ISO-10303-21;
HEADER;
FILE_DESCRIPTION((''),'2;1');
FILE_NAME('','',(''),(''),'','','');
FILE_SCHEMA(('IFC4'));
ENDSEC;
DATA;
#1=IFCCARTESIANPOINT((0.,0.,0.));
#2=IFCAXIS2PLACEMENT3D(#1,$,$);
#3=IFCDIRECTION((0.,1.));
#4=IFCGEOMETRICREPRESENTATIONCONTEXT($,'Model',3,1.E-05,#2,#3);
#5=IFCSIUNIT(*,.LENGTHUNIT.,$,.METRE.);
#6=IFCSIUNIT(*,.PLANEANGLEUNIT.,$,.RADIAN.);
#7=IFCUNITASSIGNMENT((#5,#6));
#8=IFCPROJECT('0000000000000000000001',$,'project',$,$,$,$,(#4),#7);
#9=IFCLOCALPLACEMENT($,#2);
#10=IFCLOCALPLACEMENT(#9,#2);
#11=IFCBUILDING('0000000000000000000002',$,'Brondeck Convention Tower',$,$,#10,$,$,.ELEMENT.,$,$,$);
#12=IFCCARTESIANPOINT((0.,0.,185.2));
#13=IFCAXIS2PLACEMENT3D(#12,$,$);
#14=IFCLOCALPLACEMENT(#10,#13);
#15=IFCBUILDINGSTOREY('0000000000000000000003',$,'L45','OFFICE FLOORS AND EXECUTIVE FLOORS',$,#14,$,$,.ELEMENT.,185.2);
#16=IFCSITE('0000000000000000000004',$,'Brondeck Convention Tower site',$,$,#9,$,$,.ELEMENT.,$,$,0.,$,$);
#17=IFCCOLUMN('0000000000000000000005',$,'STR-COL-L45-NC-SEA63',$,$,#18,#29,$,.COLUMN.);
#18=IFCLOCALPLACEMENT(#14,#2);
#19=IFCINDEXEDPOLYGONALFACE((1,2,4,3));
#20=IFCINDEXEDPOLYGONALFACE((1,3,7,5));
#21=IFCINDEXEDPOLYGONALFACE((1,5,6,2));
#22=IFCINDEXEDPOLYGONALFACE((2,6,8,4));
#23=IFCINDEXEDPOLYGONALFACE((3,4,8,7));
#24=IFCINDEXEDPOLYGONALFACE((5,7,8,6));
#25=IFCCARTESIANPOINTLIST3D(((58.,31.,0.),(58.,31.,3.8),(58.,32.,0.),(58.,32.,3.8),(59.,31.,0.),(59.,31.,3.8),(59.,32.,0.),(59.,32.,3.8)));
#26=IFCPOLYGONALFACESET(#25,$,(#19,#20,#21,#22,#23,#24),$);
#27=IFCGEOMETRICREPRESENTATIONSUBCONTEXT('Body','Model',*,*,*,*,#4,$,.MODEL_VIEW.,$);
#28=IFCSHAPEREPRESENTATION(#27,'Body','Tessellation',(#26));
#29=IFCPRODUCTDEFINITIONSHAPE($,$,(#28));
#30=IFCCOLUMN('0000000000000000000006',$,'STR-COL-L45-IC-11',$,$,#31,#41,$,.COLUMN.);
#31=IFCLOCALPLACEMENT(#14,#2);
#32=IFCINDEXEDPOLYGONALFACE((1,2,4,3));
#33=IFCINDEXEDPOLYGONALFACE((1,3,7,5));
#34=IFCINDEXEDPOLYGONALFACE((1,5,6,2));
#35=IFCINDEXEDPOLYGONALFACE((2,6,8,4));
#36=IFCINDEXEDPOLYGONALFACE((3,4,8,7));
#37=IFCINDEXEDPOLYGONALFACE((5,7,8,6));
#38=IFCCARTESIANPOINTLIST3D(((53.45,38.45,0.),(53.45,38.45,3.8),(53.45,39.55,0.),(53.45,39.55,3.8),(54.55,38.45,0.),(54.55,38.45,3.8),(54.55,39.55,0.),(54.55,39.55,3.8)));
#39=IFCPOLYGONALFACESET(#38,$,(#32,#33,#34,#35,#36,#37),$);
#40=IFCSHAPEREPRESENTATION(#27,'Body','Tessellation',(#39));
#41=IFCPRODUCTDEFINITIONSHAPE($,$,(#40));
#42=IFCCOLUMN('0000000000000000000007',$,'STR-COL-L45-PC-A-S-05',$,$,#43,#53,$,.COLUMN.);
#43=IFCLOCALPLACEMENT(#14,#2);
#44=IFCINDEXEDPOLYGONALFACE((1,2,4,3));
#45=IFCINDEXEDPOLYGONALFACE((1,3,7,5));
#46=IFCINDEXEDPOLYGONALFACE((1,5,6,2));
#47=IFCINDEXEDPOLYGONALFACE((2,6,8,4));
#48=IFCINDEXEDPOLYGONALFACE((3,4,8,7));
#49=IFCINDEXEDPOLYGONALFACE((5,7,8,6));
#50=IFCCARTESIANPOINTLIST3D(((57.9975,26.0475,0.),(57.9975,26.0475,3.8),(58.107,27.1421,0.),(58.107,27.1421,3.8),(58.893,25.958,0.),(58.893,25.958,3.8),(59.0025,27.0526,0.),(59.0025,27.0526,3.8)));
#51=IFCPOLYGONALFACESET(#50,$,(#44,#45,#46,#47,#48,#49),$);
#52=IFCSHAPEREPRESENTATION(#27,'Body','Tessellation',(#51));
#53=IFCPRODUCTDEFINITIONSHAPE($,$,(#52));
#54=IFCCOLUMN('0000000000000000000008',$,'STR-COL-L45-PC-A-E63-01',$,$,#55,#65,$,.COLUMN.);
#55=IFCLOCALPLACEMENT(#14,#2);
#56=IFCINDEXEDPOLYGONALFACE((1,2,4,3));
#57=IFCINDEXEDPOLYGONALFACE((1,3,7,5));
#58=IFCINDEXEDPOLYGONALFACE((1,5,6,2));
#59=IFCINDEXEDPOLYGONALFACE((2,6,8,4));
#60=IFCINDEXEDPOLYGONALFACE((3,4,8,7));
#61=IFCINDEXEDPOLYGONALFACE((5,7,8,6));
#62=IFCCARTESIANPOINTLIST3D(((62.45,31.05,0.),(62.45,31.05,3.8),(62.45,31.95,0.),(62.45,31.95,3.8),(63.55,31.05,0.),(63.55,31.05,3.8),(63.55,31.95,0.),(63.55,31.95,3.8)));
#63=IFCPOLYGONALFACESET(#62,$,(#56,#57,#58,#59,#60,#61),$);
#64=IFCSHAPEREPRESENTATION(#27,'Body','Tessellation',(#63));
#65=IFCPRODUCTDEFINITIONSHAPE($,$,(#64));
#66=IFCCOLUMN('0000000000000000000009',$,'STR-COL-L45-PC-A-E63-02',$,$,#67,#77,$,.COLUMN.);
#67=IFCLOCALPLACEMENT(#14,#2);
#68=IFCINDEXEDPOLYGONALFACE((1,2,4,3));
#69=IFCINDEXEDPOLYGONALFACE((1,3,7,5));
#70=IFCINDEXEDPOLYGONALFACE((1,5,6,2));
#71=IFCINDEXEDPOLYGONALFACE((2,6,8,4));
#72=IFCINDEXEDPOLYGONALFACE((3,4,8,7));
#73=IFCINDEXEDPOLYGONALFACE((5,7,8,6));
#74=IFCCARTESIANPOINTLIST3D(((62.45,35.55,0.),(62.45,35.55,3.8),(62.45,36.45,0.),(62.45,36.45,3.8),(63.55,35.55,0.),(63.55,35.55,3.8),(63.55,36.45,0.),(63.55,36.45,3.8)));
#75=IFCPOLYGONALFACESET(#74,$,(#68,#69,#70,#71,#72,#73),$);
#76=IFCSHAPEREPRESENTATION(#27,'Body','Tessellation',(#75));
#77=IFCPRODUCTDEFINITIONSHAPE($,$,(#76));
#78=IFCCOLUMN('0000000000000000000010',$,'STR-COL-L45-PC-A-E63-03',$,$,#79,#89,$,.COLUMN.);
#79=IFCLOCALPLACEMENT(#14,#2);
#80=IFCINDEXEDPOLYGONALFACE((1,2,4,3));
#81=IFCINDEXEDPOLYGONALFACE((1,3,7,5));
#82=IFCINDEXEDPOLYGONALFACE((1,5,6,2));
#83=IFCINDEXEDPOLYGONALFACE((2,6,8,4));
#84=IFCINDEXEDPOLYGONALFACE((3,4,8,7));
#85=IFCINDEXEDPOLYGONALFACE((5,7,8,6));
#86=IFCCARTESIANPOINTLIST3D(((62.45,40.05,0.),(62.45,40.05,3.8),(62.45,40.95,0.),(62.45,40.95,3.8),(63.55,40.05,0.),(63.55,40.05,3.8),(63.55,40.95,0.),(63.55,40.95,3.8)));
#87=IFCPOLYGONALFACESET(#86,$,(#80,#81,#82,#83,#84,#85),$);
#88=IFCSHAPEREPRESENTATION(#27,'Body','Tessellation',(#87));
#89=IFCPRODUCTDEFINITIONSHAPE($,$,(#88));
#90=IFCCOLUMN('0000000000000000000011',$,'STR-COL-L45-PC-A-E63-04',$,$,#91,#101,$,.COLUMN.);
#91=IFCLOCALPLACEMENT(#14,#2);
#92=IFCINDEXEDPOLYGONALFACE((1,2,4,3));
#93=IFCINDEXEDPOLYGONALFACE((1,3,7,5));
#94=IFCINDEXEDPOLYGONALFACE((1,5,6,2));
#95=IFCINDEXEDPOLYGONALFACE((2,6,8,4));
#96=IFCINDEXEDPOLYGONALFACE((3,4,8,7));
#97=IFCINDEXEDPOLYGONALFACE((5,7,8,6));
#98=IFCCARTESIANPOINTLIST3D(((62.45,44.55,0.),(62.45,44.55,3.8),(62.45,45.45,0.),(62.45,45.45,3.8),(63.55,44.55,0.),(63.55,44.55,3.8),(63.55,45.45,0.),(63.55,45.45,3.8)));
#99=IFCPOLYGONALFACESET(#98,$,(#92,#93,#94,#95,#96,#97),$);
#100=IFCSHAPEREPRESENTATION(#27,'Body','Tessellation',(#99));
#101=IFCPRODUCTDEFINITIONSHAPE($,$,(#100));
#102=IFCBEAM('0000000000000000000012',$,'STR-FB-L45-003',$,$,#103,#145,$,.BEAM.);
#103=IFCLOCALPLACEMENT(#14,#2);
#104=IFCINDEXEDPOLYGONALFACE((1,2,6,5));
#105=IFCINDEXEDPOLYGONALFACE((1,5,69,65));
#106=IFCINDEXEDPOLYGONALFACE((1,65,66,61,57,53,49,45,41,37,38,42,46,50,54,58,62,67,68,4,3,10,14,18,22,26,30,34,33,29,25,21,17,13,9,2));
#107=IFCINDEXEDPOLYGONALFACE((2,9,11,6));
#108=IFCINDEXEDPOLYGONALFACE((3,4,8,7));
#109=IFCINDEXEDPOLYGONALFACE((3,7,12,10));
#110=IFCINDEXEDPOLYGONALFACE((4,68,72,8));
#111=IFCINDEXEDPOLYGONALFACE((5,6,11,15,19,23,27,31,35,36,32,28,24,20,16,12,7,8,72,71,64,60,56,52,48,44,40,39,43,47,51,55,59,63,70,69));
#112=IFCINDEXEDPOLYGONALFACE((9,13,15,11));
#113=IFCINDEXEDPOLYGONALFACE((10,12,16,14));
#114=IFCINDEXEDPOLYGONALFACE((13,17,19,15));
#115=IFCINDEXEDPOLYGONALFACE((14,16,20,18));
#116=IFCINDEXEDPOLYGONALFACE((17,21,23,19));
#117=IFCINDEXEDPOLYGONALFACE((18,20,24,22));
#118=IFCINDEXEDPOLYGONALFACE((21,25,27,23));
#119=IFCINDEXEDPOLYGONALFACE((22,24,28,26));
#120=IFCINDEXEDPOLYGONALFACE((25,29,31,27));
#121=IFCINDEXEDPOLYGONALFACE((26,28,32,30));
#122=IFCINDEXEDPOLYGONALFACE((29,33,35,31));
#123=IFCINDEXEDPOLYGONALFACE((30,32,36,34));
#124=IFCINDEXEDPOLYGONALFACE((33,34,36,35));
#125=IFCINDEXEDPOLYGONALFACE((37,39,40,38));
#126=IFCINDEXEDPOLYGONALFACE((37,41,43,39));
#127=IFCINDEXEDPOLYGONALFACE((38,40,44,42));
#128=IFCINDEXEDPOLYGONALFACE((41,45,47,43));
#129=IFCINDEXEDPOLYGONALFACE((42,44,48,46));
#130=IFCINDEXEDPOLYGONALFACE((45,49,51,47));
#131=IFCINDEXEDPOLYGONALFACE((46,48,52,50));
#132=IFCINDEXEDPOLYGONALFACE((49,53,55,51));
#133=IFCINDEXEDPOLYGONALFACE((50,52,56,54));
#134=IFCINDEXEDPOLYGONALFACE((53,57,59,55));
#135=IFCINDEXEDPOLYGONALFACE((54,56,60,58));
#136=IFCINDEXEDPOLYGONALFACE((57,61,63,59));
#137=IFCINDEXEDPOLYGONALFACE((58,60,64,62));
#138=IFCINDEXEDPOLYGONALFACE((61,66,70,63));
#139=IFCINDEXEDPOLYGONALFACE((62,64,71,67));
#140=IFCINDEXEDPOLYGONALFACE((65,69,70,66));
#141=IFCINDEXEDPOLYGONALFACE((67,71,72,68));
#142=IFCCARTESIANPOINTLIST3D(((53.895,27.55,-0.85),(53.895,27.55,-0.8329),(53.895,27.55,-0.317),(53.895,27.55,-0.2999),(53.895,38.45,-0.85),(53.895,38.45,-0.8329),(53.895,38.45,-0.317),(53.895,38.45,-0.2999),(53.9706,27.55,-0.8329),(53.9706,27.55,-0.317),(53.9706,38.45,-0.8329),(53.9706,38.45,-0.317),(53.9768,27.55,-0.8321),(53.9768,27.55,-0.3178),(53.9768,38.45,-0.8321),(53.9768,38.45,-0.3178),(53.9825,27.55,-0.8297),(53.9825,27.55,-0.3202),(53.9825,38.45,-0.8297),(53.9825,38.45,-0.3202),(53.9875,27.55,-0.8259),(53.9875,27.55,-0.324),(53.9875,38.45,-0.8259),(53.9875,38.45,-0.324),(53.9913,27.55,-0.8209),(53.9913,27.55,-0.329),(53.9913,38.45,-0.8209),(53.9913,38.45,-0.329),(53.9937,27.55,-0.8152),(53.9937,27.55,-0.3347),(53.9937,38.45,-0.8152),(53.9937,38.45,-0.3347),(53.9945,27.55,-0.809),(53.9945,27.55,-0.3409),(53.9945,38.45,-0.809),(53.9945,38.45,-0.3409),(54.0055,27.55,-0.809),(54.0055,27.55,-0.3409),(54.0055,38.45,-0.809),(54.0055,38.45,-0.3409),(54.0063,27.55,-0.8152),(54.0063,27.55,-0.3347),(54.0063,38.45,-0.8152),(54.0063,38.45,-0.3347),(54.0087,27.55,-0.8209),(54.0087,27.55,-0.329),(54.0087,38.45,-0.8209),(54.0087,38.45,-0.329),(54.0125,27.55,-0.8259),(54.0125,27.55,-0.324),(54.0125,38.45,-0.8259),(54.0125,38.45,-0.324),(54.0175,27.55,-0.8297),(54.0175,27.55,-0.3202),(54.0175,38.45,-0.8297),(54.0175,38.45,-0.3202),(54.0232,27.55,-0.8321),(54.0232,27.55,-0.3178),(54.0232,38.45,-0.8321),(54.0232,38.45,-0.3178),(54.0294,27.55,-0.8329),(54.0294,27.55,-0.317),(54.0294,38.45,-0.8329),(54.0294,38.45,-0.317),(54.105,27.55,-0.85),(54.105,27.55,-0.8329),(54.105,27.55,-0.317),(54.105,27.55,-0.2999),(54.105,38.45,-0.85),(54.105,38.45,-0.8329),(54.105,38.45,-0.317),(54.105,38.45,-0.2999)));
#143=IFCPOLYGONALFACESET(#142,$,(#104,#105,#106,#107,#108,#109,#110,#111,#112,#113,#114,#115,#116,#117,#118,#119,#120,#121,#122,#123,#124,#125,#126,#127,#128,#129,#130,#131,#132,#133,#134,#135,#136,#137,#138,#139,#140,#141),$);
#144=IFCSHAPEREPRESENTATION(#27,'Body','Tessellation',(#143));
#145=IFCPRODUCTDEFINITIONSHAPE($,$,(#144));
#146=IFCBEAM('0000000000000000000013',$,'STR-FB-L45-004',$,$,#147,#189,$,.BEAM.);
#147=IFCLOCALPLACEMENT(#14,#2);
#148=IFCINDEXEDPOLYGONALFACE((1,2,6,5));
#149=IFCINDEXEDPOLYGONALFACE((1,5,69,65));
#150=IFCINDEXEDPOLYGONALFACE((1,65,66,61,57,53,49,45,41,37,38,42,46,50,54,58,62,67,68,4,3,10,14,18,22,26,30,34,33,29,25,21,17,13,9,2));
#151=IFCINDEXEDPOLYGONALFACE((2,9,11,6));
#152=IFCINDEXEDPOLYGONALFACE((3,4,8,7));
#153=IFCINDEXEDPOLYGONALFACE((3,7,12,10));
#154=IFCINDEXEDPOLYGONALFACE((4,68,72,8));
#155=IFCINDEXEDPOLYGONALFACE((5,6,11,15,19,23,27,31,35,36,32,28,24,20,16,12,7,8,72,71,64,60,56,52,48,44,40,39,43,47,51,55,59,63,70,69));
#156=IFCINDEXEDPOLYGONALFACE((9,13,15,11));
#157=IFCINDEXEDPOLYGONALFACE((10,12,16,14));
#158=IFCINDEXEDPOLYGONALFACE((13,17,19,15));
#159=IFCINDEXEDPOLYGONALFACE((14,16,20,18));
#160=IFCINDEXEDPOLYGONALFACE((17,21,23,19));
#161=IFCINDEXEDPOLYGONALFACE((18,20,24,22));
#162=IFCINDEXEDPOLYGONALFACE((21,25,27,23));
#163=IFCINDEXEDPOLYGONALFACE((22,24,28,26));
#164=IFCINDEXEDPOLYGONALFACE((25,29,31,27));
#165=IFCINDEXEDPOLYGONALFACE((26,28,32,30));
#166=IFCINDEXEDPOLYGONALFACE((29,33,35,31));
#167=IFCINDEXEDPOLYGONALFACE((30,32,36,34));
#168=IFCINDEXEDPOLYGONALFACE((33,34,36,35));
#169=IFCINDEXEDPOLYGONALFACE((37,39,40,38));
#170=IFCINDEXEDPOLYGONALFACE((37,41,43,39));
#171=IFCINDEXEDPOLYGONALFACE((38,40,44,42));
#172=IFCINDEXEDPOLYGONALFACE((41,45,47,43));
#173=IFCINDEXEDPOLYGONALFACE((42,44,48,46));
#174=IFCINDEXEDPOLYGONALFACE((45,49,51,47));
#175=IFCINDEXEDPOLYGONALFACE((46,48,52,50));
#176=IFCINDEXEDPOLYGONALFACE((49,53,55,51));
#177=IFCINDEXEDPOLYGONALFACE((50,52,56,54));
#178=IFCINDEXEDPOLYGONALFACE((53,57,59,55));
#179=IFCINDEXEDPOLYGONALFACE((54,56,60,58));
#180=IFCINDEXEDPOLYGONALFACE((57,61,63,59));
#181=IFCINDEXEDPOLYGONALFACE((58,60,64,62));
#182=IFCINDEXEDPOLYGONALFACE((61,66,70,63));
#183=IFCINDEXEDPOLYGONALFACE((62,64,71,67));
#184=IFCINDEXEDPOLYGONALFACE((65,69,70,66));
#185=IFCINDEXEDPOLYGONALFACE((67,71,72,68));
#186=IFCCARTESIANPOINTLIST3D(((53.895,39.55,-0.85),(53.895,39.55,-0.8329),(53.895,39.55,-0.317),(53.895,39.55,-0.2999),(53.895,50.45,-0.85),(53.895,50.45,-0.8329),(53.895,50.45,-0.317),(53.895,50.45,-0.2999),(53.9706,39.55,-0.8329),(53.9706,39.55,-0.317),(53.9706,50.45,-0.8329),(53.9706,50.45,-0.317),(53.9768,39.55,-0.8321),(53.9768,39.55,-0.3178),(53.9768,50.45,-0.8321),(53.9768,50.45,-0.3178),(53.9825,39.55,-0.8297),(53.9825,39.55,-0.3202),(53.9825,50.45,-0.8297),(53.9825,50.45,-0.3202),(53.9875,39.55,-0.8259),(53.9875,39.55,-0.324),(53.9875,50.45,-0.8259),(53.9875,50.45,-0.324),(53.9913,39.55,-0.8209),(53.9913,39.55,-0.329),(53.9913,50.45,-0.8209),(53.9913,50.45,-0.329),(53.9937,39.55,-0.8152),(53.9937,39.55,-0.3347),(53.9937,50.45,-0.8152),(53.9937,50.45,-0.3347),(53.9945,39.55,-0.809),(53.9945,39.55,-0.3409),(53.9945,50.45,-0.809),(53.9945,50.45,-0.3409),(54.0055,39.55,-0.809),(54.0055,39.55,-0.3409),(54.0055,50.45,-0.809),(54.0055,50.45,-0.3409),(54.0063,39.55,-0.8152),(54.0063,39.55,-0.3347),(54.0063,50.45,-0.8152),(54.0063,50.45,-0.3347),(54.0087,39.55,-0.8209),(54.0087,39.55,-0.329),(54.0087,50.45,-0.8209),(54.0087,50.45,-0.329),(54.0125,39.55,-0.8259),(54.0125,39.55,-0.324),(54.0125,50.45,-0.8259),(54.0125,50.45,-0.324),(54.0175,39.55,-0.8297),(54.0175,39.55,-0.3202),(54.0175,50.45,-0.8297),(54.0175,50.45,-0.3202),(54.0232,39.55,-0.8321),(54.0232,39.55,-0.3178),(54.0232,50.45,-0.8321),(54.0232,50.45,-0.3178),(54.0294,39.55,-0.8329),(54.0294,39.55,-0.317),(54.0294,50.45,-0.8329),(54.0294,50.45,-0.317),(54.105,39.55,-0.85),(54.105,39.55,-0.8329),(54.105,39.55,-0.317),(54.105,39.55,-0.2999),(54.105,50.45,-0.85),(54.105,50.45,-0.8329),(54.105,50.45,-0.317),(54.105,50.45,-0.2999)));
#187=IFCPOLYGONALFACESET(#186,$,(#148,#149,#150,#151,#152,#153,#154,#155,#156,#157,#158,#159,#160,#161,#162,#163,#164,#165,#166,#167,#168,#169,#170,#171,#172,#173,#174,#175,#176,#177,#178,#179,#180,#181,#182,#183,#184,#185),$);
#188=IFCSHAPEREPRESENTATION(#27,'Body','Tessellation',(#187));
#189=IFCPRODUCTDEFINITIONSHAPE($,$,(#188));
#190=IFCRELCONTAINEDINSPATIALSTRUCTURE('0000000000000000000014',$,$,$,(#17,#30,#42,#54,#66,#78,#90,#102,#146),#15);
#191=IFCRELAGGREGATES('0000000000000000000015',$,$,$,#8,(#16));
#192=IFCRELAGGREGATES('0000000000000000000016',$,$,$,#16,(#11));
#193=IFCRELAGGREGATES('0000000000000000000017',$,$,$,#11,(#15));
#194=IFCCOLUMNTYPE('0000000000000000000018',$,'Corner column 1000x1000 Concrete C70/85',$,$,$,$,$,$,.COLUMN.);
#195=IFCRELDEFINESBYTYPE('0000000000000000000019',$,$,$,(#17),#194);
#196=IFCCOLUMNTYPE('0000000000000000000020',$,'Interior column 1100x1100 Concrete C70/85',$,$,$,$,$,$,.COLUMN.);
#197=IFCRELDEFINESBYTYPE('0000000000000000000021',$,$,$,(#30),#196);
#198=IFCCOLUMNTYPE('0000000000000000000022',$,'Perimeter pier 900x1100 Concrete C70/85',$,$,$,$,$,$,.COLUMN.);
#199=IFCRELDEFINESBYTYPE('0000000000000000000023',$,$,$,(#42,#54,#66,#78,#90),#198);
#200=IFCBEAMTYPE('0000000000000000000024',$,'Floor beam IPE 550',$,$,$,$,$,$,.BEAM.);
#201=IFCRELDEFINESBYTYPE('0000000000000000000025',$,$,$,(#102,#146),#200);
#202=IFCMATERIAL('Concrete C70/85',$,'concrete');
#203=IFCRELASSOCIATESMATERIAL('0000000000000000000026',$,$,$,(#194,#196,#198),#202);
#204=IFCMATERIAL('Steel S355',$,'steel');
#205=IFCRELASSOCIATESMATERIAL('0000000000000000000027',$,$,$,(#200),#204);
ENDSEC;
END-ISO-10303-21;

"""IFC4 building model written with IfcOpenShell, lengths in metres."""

from ifc_helpers import new_model, si_unit, direction, frame, origin, origin_2d, place, context, subcontext, project, spatial, rectangle, i_section, extrude, material, material_profile, profile_set, type_object, element, save


model = new_model("IFC4")

# Units and contexts
model_context = context("Model", 3, precision=1e-05, world=origin(), true_north=direction((0.0, 1.0)))
body_context = subcontext(model_context, "Body", "Model", "MODEL_VIEW")
ifc_project = project(units=[si_unit("LENGTHUNIT", "METRE"), si_unit("PLANEANGLEUNIT", "RADIAN")], contexts=[model_context])

# Site, building, storey
site_placement = place(None, origin())
site = spatial("IfcSite", under=ifc_project, at=site_placement, Name="Brondeck Convention Tower site", CompositionType="ELEMENT", RefElevation=0.0)
building_placement = place(site_placement, origin())
building = spatial("IfcBuilding", under=site, at=building_placement, Name="Brondeck Convention Tower", CompositionType="ELEMENT")
storey_placement = place(building_placement, frame((0.0, 0.0, 185.2)))
storey = spatial("IfcBuildingStorey", under=building, at=storey_placement, Name="L45", Description="OFFICE FLOORS AND EXECUTIVE FLOORS", CompositionType="ELEMENT", Elevation=185.2)

# Columns
ifc_material_1 = material(Name="Concrete C70/85", Category="concrete")
ifc_material_profile_1 = material_profile(ifc_material_1, rectangle(XDim=1.0, YDim=1.0, at=origin_2d()), Name="Corner column 1000x1000 Concrete C70/85")
ifc_profile_set_1 = profile_set([ifc_material_profile_1], Name="Concrete C70/85")
column_type_1 = type_object("IfcColumnType", Name="Corner column 1000x1000 Concrete C70/85", PredefinedType="COLUMN", material=ifc_profile_set_1)
column_1_placement = place(storey_placement, frame((58.5, 31.5, 0.0), z_axis=(0.0, 0.0, 1.0), x_axis=(1.0, 0.0, 0.0)))
element("IfcColumn", 1, at=column_1_placement, inside=storey, type_object=column_type_1, Name="STR-COL-L45-NC-SEA63", PredefinedType="COLUMN", context=body_context, shape_type="SweptSolid", body=[
    extrude(rectangle(XDim=1.0, YDim=1.0, at=origin_2d()), origin(), (0.0, 0.0, 1.0), 3.8),
])
ifc_material_profile_2 = material_profile(ifc_material_1, rectangle(XDim=1.1001, YDim=1.1001, at=origin_2d()), Name="Interior column 1100x1100 Concrete C70/85")
ifc_profile_set_2 = profile_set([ifc_material_profile_2], Name="Concrete C70/85")
column_type_2 = type_object("IfcColumnType", Name="Interior column 1100x1100 Concrete C70/85", PredefinedType="COLUMN", material=ifc_profile_set_2)
column_2_placement = place(storey_placement, frame((54.0, 39.0, 0.0), z_axis=(0.0, 0.0, 1.0), x_axis=(1.0, 0.0, 0.0)))
element("IfcColumn", 2, at=column_2_placement, inside=storey, type_object=column_type_2, Name="STR-COL-L45-IC-11", PredefinedType="COLUMN", context=body_context, shape_type="SweptSolid", body=[
    extrude(rectangle(XDim=1.1001, YDim=1.1001, at=origin_2d()), origin(), (0.0, 0.0, 1.0), 3.8),
])
ifc_material_profile_3 = material_profile(ifc_material_1, rectangle(XDim=0.8999, YDim=1.1001, at=origin_2d()), Name="Perimeter pier 900x1100 Concrete C70/85")
ifc_profile_set_3 = profile_set([ifc_material_profile_3], Name="Concrete C70/85")
column_type_3 = type_object("IfcColumnType", Name="Perimeter pier 900x1100 Concrete C70/85", PredefinedType="COLUMN", material=ifc_profile_set_3)
for number, where, z_axis, x_axis, name in (
    (3, (58.5, 26.55, 0.0), (0.0, 0.0, 1.0), (0.995037, -0.099504, 0.0), "STR-COL-L45-PC-A-S-05"),
    (4, (63.0, 31.5, 0.0), (0.0, 0.0, 1.0), (0.0, 1.0, 0.0), "STR-COL-L45-PC-A-E63-01"),
    (5, (63.0, 36.0, 0.0), (0.0, 0.0, 1.0), (0.0, 1.0, 0.0), "STR-COL-L45-PC-A-E63-02"),
    (6, (63.0, 40.5, 0.0), (0.0, 0.0, 1.0), (0.0, 1.0, 0.0), "STR-COL-L45-PC-A-E63-03"),
    (7, (63.0, 45.0, 0.0), (0.0, 0.0, 1.0), (0.0, 1.0, 0.0), "STR-COL-L45-PC-A-E63-04"),
):
    element("IfcColumn", number, at=place(storey_placement, frame(where, z_axis=z_axis, x_axis=x_axis)), inside=storey, type_object=column_type_3, Name=name, PredefinedType="COLUMN", context=body_context, shape_type="SweptSolid", body=[
        extrude(rectangle(XDim=0.8999, YDim=1.1001, at=origin_2d()), origin(), (0.0, 0.0, 1.0), 3.8),
    ])

# Beams
ifc_material_2 = material(Name="Steel S355", Category="steel")
ifc_material_profile_4 = material_profile(ifc_material_2, i_section(OverallWidth=0.21, OverallDepth=0.55, WebThickness=0.011, FlangeThickness=0.0171, FilletRadius=0.0239, at=origin_2d()), Name="IPE 550")
ifc_profile_set_4 = profile_set([ifc_material_profile_4], Name="Steel S355")
beam_type_1 = type_object("IfcBeamType", Name="Floor beam IPE 550", PredefinedType="BEAM", material=ifc_profile_set_4)
for number, where, z_axis, x_axis, name in (
    (8, (54.0, 27.55, -0.575), (0.0, 1.0, 0.0), (-1.0, 0.0, 0.0), "STR-FB-L45-003"),
    (9, (54.0, 39.55, -0.575), (0.0, 1.0, 0.0), (-1.0, 0.0, 0.0), "STR-FB-L45-004"),
):
    element("IfcBeam", number, at=place(storey_placement, frame(where, z_axis=z_axis, x_axis=x_axis)), inside=storey, type_object=beam_type_1, Name=name, PredefinedType="BEAM", context=body_context, shape_type="SweptSolid", body=[
        extrude(i_section(OverallWidth=0.21, OverallDepth=0.55, WebThickness=0.011, FlangeThickness=0.0171, FilletRadius=0.0239, at=origin_2d()), origin(), (0.0, 0.0, 1.0), 10.8999),
    ])

save(model, "model.ifc")
